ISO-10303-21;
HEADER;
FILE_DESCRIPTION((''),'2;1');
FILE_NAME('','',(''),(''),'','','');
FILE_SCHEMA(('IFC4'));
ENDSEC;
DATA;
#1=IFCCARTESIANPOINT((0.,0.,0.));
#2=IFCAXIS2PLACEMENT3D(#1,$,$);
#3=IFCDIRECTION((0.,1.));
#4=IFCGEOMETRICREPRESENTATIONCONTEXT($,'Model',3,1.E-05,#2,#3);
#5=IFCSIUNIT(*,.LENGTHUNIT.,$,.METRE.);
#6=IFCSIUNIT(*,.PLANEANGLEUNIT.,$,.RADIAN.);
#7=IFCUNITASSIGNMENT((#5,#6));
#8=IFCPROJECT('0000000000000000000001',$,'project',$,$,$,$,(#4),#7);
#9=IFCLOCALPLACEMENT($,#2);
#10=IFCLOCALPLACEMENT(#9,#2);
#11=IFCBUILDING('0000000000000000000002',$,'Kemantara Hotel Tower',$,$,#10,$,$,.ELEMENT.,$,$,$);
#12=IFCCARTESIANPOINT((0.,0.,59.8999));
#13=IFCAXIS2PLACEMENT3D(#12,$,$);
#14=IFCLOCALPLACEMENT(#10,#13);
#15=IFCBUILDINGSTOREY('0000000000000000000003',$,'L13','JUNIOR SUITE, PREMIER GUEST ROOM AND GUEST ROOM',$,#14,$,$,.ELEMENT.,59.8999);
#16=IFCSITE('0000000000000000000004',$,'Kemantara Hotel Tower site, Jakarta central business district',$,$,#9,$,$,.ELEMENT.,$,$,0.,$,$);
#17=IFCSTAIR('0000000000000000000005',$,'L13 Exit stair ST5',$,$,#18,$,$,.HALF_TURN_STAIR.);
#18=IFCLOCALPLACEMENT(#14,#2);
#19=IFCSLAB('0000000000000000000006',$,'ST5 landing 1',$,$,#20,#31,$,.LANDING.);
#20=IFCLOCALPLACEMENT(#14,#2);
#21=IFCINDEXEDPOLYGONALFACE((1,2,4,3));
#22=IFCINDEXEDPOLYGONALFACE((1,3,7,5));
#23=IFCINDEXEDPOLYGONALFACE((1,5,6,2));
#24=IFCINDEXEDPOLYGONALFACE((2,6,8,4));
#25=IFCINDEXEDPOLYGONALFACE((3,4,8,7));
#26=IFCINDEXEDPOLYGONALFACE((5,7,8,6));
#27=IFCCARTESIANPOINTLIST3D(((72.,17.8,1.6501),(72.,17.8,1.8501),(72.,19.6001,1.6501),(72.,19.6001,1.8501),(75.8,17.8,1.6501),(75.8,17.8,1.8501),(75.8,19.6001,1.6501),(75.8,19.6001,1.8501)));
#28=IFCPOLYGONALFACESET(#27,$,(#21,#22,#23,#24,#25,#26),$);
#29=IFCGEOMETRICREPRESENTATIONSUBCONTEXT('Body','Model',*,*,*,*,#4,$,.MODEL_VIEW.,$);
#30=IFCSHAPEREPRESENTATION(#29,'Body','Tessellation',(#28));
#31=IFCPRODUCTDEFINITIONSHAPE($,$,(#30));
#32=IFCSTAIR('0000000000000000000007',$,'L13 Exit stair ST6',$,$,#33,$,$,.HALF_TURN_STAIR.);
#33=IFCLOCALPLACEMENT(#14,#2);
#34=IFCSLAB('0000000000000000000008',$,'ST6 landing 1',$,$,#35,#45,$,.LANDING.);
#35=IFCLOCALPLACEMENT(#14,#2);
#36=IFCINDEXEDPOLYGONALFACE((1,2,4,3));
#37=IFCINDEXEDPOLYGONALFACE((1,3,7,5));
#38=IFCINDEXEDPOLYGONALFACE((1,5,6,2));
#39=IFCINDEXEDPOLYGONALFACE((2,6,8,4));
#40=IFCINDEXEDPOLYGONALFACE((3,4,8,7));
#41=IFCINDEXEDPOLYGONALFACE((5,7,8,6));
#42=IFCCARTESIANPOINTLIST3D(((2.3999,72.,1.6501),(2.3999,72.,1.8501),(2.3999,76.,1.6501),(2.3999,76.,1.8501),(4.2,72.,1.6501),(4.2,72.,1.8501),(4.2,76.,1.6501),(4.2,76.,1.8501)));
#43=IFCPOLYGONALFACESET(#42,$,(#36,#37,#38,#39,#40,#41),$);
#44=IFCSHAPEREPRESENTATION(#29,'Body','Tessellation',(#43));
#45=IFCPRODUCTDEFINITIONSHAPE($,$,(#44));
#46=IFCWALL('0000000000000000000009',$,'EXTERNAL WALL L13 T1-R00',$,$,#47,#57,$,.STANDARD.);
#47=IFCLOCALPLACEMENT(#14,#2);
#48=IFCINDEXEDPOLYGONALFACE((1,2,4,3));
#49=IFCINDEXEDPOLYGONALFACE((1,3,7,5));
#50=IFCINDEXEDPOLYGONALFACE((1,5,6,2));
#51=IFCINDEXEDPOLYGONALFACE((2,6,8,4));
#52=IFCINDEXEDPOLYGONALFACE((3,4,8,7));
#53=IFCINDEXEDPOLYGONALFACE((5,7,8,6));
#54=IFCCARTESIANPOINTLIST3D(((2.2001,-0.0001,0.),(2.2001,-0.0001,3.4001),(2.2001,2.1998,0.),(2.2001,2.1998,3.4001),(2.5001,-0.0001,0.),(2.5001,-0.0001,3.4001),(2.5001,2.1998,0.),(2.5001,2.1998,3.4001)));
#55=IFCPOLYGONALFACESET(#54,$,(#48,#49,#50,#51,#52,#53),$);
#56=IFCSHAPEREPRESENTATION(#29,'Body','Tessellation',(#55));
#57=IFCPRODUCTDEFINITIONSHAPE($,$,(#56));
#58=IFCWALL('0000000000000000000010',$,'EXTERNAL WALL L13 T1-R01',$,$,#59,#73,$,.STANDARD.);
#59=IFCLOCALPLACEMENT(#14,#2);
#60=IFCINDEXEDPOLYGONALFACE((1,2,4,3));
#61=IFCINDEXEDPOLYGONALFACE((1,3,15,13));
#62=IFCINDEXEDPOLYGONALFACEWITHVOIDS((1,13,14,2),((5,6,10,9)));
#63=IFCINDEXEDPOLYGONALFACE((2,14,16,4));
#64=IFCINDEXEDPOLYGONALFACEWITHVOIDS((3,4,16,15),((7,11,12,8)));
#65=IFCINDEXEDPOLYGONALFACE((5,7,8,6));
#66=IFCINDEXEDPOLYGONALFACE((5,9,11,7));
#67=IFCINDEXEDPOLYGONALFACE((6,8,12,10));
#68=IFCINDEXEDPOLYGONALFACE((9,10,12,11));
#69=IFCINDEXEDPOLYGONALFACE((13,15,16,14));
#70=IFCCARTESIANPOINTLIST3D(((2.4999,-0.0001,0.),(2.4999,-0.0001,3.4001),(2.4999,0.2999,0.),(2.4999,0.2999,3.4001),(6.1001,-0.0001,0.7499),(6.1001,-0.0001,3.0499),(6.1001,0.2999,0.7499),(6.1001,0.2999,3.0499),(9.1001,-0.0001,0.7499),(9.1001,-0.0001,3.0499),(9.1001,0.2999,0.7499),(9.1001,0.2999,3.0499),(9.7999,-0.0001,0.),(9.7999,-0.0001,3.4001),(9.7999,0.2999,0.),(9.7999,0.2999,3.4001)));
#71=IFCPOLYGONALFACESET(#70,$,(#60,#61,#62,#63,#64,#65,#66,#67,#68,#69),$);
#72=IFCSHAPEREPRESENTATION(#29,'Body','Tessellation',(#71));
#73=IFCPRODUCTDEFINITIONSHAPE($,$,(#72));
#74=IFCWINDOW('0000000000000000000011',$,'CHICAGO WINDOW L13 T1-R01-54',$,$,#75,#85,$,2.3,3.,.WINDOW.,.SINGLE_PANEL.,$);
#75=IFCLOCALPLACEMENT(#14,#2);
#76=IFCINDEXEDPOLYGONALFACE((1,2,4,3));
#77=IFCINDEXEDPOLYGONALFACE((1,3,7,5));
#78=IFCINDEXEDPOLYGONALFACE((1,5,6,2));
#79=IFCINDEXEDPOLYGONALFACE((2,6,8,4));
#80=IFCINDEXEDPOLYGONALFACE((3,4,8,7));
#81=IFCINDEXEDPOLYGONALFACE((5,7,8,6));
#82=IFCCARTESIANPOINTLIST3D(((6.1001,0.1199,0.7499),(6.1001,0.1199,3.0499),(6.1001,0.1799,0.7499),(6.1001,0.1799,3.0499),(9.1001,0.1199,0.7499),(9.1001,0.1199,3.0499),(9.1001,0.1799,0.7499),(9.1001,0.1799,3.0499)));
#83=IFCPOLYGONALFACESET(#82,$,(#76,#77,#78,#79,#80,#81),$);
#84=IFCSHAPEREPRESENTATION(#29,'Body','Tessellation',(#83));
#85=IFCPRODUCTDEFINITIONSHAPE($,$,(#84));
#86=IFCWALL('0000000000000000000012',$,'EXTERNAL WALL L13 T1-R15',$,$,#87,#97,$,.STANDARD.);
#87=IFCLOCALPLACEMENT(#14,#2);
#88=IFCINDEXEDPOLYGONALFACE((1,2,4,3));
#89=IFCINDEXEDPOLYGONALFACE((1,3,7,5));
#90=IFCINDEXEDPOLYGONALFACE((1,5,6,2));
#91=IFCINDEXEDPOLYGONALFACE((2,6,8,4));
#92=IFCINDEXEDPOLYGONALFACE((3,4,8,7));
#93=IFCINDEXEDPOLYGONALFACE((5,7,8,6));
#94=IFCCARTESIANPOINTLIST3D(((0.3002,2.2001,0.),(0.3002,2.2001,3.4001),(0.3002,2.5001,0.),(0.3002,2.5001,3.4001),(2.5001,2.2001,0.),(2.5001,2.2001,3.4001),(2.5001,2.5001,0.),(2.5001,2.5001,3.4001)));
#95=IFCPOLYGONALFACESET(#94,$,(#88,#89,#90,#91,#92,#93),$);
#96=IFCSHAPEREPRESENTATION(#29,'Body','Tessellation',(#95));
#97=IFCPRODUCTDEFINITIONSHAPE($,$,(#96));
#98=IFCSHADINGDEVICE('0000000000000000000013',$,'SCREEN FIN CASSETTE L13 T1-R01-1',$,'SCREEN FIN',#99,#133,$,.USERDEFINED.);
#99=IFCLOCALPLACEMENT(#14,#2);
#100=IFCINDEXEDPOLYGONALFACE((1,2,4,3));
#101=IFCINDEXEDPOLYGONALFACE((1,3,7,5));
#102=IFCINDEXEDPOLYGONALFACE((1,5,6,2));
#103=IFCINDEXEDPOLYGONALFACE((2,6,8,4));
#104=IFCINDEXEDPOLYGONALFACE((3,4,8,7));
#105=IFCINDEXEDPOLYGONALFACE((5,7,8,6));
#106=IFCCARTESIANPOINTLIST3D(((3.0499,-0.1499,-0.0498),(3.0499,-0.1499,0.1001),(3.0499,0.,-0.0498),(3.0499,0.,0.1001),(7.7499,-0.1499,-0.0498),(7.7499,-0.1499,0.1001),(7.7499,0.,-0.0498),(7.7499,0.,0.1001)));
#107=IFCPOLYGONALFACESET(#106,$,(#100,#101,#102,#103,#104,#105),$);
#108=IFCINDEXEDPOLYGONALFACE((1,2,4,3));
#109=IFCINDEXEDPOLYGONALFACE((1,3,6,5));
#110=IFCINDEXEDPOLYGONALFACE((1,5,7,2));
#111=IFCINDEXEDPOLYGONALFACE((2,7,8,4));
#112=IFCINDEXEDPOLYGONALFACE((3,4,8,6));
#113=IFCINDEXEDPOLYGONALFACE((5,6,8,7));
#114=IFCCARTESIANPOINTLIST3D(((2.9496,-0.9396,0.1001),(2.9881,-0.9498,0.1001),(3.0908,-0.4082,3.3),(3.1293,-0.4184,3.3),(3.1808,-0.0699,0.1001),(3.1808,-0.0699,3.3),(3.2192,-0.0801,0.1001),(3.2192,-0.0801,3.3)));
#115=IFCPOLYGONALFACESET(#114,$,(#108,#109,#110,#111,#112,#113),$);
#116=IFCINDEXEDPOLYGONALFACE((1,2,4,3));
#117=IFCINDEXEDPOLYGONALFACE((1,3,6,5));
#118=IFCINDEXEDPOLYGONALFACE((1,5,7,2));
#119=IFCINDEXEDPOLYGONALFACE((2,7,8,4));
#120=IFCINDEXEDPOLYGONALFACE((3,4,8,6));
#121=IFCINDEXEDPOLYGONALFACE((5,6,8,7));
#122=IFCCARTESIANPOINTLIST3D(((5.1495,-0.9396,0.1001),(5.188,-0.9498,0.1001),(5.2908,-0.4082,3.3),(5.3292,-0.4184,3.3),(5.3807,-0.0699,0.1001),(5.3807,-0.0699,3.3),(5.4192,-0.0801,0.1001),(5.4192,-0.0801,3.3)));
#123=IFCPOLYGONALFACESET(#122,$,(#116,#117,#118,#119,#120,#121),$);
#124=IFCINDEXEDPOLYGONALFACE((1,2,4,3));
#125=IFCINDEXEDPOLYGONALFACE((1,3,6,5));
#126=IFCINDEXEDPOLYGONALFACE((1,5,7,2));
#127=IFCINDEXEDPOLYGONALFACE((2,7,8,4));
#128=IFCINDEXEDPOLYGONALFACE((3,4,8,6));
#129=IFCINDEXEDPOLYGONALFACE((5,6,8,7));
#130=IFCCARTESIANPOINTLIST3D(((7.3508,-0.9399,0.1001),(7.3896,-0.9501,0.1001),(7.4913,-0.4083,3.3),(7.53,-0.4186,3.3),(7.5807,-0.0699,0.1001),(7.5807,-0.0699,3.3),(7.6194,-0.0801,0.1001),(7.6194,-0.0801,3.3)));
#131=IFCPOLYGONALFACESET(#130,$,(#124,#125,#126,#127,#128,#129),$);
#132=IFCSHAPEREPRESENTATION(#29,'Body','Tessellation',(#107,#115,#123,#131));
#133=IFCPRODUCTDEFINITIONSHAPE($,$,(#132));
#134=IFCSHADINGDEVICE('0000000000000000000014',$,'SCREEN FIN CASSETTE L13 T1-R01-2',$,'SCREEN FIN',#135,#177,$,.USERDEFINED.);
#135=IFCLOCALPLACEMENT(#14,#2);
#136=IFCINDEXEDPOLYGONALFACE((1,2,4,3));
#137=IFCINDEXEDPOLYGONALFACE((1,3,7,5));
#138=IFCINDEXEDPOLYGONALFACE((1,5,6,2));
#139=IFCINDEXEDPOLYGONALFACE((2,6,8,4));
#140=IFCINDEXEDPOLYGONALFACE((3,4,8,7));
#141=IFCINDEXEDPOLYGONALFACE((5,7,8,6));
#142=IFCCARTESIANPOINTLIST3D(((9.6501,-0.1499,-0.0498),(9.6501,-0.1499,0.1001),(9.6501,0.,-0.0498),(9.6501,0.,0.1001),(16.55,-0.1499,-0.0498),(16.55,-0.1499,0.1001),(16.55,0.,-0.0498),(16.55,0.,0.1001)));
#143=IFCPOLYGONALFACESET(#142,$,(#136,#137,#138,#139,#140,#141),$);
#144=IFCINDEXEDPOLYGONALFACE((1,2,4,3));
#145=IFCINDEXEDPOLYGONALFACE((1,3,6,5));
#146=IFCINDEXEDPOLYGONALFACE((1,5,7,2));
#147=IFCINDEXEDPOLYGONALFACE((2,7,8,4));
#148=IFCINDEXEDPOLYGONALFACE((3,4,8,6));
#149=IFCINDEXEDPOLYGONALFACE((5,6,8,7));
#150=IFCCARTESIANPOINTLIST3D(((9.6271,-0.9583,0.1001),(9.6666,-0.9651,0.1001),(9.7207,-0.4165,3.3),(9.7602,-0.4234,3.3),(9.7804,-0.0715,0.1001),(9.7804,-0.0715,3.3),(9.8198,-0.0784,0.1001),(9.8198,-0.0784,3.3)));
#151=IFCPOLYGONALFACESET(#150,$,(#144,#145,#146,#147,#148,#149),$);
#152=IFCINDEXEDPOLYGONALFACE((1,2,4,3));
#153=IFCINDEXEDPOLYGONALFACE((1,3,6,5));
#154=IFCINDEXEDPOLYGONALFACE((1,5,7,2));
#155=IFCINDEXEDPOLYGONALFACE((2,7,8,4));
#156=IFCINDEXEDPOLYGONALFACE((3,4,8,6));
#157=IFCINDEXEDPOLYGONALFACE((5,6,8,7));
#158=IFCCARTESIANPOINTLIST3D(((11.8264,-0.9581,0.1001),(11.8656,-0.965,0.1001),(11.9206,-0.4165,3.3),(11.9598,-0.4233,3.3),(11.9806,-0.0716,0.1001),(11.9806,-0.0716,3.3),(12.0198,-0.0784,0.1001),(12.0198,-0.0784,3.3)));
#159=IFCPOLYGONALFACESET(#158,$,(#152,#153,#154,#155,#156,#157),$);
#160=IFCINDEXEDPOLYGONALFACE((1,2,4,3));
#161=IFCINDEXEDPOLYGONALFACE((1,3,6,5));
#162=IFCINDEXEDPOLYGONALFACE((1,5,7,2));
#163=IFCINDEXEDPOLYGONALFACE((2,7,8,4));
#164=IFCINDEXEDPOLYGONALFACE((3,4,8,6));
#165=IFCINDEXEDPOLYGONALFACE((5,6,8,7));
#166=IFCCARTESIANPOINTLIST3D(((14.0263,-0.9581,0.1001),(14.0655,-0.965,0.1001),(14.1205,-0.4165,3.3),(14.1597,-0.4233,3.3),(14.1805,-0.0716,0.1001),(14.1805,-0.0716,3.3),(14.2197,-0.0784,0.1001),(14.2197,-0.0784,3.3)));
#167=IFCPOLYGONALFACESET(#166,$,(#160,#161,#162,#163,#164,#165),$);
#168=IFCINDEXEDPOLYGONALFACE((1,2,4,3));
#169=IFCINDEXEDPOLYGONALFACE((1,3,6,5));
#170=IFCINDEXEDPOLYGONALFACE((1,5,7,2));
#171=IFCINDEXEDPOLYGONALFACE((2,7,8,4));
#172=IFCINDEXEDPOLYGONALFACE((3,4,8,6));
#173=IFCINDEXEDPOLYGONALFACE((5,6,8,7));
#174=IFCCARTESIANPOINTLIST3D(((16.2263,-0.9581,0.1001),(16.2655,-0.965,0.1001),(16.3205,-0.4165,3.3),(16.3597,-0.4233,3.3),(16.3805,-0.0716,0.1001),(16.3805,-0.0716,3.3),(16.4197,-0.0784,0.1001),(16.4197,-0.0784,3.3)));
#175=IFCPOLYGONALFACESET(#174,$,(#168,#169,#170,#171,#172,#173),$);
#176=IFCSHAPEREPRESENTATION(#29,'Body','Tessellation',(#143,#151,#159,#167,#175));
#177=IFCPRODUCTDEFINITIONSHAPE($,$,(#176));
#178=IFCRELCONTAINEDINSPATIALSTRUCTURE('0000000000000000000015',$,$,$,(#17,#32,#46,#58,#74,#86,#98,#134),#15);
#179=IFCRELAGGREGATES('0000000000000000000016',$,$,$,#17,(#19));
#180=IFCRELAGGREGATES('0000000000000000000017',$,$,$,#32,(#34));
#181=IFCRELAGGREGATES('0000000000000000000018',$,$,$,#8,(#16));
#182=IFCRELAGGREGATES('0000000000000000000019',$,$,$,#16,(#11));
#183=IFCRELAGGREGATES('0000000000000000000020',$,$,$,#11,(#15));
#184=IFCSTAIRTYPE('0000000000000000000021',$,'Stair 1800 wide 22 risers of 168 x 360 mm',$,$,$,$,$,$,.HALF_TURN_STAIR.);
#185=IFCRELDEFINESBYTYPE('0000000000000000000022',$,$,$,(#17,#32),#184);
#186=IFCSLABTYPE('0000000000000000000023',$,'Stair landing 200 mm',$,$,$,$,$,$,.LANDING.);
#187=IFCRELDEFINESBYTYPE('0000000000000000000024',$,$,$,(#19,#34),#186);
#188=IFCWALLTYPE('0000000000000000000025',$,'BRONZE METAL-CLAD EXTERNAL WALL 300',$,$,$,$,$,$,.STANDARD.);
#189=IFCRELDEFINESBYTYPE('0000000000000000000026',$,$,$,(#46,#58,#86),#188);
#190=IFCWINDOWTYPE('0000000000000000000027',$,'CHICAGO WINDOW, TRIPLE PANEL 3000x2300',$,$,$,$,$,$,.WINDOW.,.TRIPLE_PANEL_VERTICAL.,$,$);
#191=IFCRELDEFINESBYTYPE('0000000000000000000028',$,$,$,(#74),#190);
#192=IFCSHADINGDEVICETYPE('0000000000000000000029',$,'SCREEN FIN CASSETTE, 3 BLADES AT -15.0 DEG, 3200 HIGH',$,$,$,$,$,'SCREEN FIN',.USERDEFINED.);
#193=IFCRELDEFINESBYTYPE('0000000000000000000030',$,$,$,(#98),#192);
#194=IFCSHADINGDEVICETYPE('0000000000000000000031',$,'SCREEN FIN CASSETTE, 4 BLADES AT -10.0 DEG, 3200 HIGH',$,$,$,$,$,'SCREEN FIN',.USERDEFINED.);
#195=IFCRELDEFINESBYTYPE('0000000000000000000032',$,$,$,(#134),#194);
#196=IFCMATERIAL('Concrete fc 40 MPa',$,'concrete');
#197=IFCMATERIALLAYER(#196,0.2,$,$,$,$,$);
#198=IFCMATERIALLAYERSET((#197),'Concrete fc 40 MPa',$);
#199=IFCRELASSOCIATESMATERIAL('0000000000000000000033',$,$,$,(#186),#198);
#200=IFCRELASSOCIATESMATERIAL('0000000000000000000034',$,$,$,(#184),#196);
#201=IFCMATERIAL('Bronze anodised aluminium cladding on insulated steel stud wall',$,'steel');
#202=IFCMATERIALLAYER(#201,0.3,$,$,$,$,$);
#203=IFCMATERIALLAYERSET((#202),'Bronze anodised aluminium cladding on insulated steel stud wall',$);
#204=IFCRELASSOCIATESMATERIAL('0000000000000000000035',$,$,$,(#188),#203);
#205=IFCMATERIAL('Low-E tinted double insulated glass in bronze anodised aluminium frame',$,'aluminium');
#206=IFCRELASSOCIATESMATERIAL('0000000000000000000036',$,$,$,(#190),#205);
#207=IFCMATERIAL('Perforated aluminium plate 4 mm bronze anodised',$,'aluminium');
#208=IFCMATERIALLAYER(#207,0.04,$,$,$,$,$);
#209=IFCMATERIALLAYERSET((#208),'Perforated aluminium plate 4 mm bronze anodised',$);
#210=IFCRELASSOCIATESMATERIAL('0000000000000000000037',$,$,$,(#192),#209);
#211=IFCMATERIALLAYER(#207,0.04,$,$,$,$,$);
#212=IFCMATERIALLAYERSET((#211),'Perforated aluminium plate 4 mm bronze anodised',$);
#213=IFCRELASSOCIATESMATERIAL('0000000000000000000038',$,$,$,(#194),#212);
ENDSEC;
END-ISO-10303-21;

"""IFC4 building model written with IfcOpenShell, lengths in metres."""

from ifc_helpers import new_model, si_unit, direction, frame, frame_2d, origin, origin_2d, place, context, subcontext, project, spatial, polyline, rectangle, outline, extrude, source, transform, mapped, material, layer, layer_set, type_object, element, fill, aggregate, save


model = new_model("IFC4")

# Units and contexts
model_context = context("Model", 3, precision=1e-05, world=origin(), true_north=direction((0.0, 1.0)))
body_context = subcontext(model_context, "Body", "Model", "MODEL_VIEW")
ifc_project = project(units=[si_unit("LENGTHUNIT", "METRE"), si_unit("PLANEANGLEUNIT", "RADIAN")], contexts=[model_context])

# Site, building, storey
site_placement = place(None, origin())
site = spatial("IfcSite", under=ifc_project, at=site_placement, Name="Kemantara Hotel Tower site, Jakarta central business district", CompositionType="ELEMENT", RefElevation=0.0)
building_placement = place(site_placement, origin())
building = spatial("IfcBuilding", under=site, at=building_placement, Name="Kemantara Hotel Tower", CompositionType="ELEMENT")
storey_placement = place(building_placement, frame((0.0, 0.0, 59.8999)))
storey = spatial("IfcBuildingStorey", under=building, at=storey_placement, Name="L13", Description="JUNIOR SUITE, PREMIER GUEST ROOM AND GUEST ROOM", CompositionType="ELEMENT", Elevation=59.8999)

# Shared definitions
ifc_material_1 = material(Name="Concrete fc 40 MPa", Category="concrete")

# Stairs, slabs
ifc_layer_1 = layer(ifc_material_1, 0.2)
ifc_layer_set_1 = layer_set([ifc_layer_1], Name="Concrete fc 40 MPa")
slab_type_1 = type_object("IfcSlabType", Name="Stair landing 200 mm", PredefinedType="LANDING", material=ifc_layer_set_1)
stair_type_1 = type_object("IfcStairType", Name="Stair 1800 wide 22 risers of 168 x 360 mm", PredefinedType="HALF_TURN_STAIR", material=ifc_material_1)
stair_1_placement = place(storey_placement, origin())
stair_1 = element("IfcStair", 1, at=stair_1_placement, inside=storey, type_object=stair_type_1, Name="L13 Exit stair ST5", PredefinedType="HALF_TURN_STAIR")
slab_1_placement = place(storey_placement, frame((0.0, 0.0, 1.6501)))
slab_1 = element("IfcSlab", 2, at=slab_1_placement, type_object=slab_type_1, Name="ST5 landing 1", PredefinedType="LANDING", context=body_context, shape_type="SweptSolid", body=[
    extrude(outline(polyline([(75.8, 17.8), (75.8, 19.6001), (72.0, 19.6001), (72.0, 17.8), (75.8, 17.8)])), origin(), (0.0, 0.0, 1.0), 0.2),
])
aggregate(stair_1, [slab_1])
stair_2_placement = place(storey_placement, origin())
stair_2 = element("IfcStair", 3, at=stair_2_placement, inside=storey, type_object=stair_type_1, Name="L13 Exit stair ST6", PredefinedType="HALF_TURN_STAIR")
slab_2_placement = place(storey_placement, frame((0.0, 0.0, 1.6501)))
slab_2 = element("IfcSlab", 4, at=slab_2_placement, type_object=slab_type_1, Name="ST6 landing 1", PredefinedType="LANDING", context=body_context, shape_type="SweptSolid", body=[
    extrude(outline(polyline([(4.2, 76.0), (2.3999, 76.0), (2.3999, 72.0), (4.2, 72.0), (4.2, 76.0)])), origin(), (0.0, 0.0, 1.0), 0.2),
])
aggregate(stair_2, [slab_2])

# Wall
ifc_material_2 = material(Name="Bronze anodised aluminium cladding on insulated steel stud wall", Category="steel")
ifc_layer_2 = layer(ifc_material_2, 0.3)
ifc_layer_set_2 = layer_set([ifc_layer_2], Name="Bronze anodised aluminium cladding on insulated steel stud wall")
wall_type = type_object("IfcWallType", Name="BRONZE METAL-CLAD EXTERNAL WALL 300", PredefinedType="STANDARD", material=ifc_layer_set_2)
wall_1_placement = place(storey_placement, frame((2.3501, 2.2, 0.0), z_axis=(0.0, 0.0, 1.0), x_axis=(0.0, -1.0, 0.0)))
element("IfcWall", 5, at=wall_1_placement, inside=storey, type_object=wall_type, Name="EXTERNAL WALL L13 T1-R00", PredefinedType="STANDARD", context=body_context, shape_type="SweptSolid", body=[
    extrude(rectangle(XDim=2.2, YDim=0.3, at=frame_2d((1.1001, 0.0))), origin(), (0.0, 0.0, 1.0), 3.4001),
])

# Wall, opening, window
wall_2_placement = place(storey_placement, frame((2.5, 0.1499, 0.0), z_axis=(0.0, 0.0, 1.0), x_axis=(1.0, 0.0, 0.0)))
wall_2 = element("IfcWall", 6, at=wall_2_placement, inside=storey, type_object=wall_type, Name="EXTERNAL WALL L13 T1-R01", PredefinedType="STANDARD", context=body_context, shape_type="SweptSolid", body=[
    extrude(rectangle(XDim=7.3, YDim=0.3, at=frame_2d((3.6499, 0.0))), origin(), (0.0, 0.0, 1.0), 3.4001),
])
opening_placement = place(wall_2_placement, frame((3.6001, 0.0, 0.75)))
opening = element("IfcOpeningElement", 7, at=opening_placement, cuts=wall_2, PredefinedType="OPENING", context=body_context, shape_type="SweptSolid", body=[
    extrude(rectangle(XDim=3.0, YDim=2.3, at=frame_2d((1.5, 1.1499))), frame((0.0, 0.1599, 0.0), z_axis=(0.0, -1.0, 0.0), x_axis=(1.0, 0.0, 0.0)), (0.0, 0.0, 1.0), 0.3201),
])
ifc_material_3 = material(Name="Low-E tinted double insulated glass in bronze anodised aluminium frame", Category="aluminium")
window_type = type_object("IfcWindowType", Name="CHICAGO WINDOW, TRIPLE PANEL 3000x2300", PartitioningType="TRIPLE_PANEL_VERTICAL", PredefinedType="WINDOW", material=ifc_material_3)
window_placement = place(opening_placement, origin())
window = element("IfcWindow", 8, at=window_placement, inside=storey, type_object=window_type, Name="CHICAGO WINDOW L13 T1-R01-54", OverallHeight=2.3, OverallWidth=3.0, PartitioningType="SINGLE_PANEL", PredefinedType="WINDOW", context=body_context, shape_type="SweptSolid", body=[
    extrude(rectangle(XDim=3.0, YDim=2.3, at=frame_2d((1.5, 1.1499))), frame((0.0, 0.03, 0.0), z_axis=(0.0, -1.0, 0.0), x_axis=(1.0, 0.0, 0.0)), (0.0, 0.0, 1.0), 0.0601),
])
fill(opening, window)

# Wall
wall_3_placement = place(storey_placement, frame((0.3, 2.3501, 0.0), z_axis=(0.0, 0.0, 1.0), x_axis=(1.0, 0.0, 0.0)))
element("IfcWall", 9, at=wall_3_placement, inside=storey, type_object=wall_type, Name="EXTERNAL WALL L13 T1-R15", PredefinedType="STANDARD", context=body_context, shape_type="SweptSolid", body=[
    extrude(rectangle(XDim=2.2, YDim=0.3, at=frame_2d((1.1001, 0.0))), origin(), (0.0, 0.0, 1.0), 3.4001),
])

# Shading devices
ifc_material_4 = material(Name="Perforated aluminium plate 4 mm bronze anodised", Category="aluminium")
ifc_layer_3 = layer(ifc_material_4, 0.04)
ifc_layer_set_3 = layer_set([ifc_layer_3], Name="Perforated aluminium plate 4 mm bronze anodised")
shading_device_type_1 = type_object("IfcShadingDeviceType", Name="SCREEN FIN CASSETTE, 3 BLADES AT -15.0 DEG, 3200 HIGH", ElementType="SCREEN FIN", PredefinedType="USERDEFINED", material=ifc_layer_set_3)
shared_shape_1 = source(origin(), body_context, "Body", "SweptSolid", [
    extrude(rectangle(XDim=4.7, YDim=0.1499, at=origin_2d()), frame((2.2, -0.075, -0.1499), z_axis=(0.0, 0.0, 1.0), x_axis=(1.0, 0.0, 0.0)), (0.0, 0.0, 1.0), 0.1499),
    extrude(outline(polyline([(0.0, 0.0), (0.8999, 0.0), (0.3501, 3.2), (0.0, 3.2), (0.0, 0.0)])), frame((0.0193, -0.0801, 0.0), z_axis=(-0.966438, 0.256901, 0.0), x_axis=(-0.256901, -0.966438, 0.0)), (0.0, 0.0, 1.0), 0.0398),
    extrude(outline(polyline([(0.0, 0.0), (0.8999, 0.0), (0.3501, 3.2), (0.0, 3.2), (0.0, 0.0)])), frame((2.2192, -0.0801, 0.0), z_axis=(-0.966438, 0.256901, 0.0), x_axis=(-0.256901, -0.966438, 0.0)), (0.0, 0.0, 1.0), 0.0398),
    extrude(outline(polyline([(0.0, 0.0), (0.8999, 0.0), (0.3501, 3.2), (0.0, 3.2), (0.0, 0.0)])), frame((4.4194, -0.0801, 0.0), z_axis=(-0.966838, 0.255391, 0.0), x_axis=(-0.255391, -0.966838, 0.0)), (0.0, 0.0, 1.0), 0.04),
])
shading_device_1_placement = place(storey_placement, frame((3.2, 0.0, 0.1001), z_axis=(0.0, 0.0, 1.0), x_axis=(1.0, 0.0, 0.0)))
element("IfcShadingDevice", 10, at=shading_device_1_placement, inside=storey, type_object=shading_device_type_1, Name="SCREEN FIN CASSETTE L13 T1-R01-1", ObjectType="SCREEN FIN", PredefinedType="USERDEFINED", context=body_context, shape_type="MappedRepresentation", body=[
    mapped(shared_shape_1, transform((0.0, 0.0, 0.0))),
])
ifc_layer_4 = layer(ifc_material_4, 0.04)
ifc_layer_set_4 = layer_set([ifc_layer_4], Name="Perforated aluminium plate 4 mm bronze anodised")
shading_device_type_2 = type_object("IfcShadingDeviceType", Name="SCREEN FIN CASSETTE, 4 BLADES AT -10.0 DEG, 3200 HIGH", ElementType="SCREEN FIN", PredefinedType="USERDEFINED", material=ifc_layer_set_4)
shared_shape_2 = source(origin(), body_context, "Body", "SweptSolid", [
    extrude(rectangle(XDim=6.8999, YDim=0.1499, at=origin_2d()), frame((3.3, -0.075, -0.1499), z_axis=(0.0, 0.0, 1.0), x_axis=(1.0, 0.0, 0.0)), (0.0, 0.0, 1.0), 0.1499),
    extrude(outline(polyline([(0.0, 0.0), (0.8999, 0.0), (0.3501, 3.2), (0.0, 3.2), (0.0, 0.0)])), frame((0.0198, -0.0784, 0.0), z_axis=(-0.98539, 0.170314, 0.0), x_axis=(-0.170314, -0.98539, 0.0)), (0.0, 0.0, 1.0), 0.04),
    extrude(outline(polyline([(0.0, 0.0), (0.8999, 0.0), (0.3501, 3.2), (0.0, 3.2), (0.0, 0.0)])), frame((2.2197, -0.0784, 0.0), z_axis=(-0.985212, 0.171341, 0.0), x_axis=(-0.171341, -0.985212, 0.0)), (0.0, 0.0, 1.0), 0.0398),
    extrude(outline(polyline([(0.0, 0.0), (0.8999, 0.0), (0.3501, 3.2), (0.0, 3.2), (0.0, 0.0)])), frame((4.4197, -0.0784, 0.0), z_axis=(-0.985212, 0.171341, 0.0), x_axis=(-0.171341, -0.985212, 0.0)), (0.0, 0.0, 1.0), 0.0398),
    extrude(outline(polyline([(0.0, 0.0), (0.8999, 0.0), (0.3501, 3.2), (0.0, 3.2), (0.0, 0.0)])), frame((6.6196, -0.0784, 0.0), z_axis=(-0.985212, 0.171341, 0.0), x_axis=(-0.171341, -0.985212, 0.0)), (0.0, 0.0, 1.0), 0.0398),
])
shading_device_2_placement = place(storey_placement, frame((9.8, 0.0, 0.1001), z_axis=(0.0, 0.0, 1.0), x_axis=(1.0, 0.0, 0.0)))
element("IfcShadingDevice", 11, at=shading_device_2_placement, inside=storey, type_object=shading_device_type_2, Name="SCREEN FIN CASSETTE L13 T1-R01-2", ObjectType="SCREEN FIN", PredefinedType="USERDEFINED", context=body_context, shape_type="MappedRepresentation", body=[
    mapped(shared_shape_2, transform((0.0, 0.0, 0.0))),
])

save(model, "model.ifc")
